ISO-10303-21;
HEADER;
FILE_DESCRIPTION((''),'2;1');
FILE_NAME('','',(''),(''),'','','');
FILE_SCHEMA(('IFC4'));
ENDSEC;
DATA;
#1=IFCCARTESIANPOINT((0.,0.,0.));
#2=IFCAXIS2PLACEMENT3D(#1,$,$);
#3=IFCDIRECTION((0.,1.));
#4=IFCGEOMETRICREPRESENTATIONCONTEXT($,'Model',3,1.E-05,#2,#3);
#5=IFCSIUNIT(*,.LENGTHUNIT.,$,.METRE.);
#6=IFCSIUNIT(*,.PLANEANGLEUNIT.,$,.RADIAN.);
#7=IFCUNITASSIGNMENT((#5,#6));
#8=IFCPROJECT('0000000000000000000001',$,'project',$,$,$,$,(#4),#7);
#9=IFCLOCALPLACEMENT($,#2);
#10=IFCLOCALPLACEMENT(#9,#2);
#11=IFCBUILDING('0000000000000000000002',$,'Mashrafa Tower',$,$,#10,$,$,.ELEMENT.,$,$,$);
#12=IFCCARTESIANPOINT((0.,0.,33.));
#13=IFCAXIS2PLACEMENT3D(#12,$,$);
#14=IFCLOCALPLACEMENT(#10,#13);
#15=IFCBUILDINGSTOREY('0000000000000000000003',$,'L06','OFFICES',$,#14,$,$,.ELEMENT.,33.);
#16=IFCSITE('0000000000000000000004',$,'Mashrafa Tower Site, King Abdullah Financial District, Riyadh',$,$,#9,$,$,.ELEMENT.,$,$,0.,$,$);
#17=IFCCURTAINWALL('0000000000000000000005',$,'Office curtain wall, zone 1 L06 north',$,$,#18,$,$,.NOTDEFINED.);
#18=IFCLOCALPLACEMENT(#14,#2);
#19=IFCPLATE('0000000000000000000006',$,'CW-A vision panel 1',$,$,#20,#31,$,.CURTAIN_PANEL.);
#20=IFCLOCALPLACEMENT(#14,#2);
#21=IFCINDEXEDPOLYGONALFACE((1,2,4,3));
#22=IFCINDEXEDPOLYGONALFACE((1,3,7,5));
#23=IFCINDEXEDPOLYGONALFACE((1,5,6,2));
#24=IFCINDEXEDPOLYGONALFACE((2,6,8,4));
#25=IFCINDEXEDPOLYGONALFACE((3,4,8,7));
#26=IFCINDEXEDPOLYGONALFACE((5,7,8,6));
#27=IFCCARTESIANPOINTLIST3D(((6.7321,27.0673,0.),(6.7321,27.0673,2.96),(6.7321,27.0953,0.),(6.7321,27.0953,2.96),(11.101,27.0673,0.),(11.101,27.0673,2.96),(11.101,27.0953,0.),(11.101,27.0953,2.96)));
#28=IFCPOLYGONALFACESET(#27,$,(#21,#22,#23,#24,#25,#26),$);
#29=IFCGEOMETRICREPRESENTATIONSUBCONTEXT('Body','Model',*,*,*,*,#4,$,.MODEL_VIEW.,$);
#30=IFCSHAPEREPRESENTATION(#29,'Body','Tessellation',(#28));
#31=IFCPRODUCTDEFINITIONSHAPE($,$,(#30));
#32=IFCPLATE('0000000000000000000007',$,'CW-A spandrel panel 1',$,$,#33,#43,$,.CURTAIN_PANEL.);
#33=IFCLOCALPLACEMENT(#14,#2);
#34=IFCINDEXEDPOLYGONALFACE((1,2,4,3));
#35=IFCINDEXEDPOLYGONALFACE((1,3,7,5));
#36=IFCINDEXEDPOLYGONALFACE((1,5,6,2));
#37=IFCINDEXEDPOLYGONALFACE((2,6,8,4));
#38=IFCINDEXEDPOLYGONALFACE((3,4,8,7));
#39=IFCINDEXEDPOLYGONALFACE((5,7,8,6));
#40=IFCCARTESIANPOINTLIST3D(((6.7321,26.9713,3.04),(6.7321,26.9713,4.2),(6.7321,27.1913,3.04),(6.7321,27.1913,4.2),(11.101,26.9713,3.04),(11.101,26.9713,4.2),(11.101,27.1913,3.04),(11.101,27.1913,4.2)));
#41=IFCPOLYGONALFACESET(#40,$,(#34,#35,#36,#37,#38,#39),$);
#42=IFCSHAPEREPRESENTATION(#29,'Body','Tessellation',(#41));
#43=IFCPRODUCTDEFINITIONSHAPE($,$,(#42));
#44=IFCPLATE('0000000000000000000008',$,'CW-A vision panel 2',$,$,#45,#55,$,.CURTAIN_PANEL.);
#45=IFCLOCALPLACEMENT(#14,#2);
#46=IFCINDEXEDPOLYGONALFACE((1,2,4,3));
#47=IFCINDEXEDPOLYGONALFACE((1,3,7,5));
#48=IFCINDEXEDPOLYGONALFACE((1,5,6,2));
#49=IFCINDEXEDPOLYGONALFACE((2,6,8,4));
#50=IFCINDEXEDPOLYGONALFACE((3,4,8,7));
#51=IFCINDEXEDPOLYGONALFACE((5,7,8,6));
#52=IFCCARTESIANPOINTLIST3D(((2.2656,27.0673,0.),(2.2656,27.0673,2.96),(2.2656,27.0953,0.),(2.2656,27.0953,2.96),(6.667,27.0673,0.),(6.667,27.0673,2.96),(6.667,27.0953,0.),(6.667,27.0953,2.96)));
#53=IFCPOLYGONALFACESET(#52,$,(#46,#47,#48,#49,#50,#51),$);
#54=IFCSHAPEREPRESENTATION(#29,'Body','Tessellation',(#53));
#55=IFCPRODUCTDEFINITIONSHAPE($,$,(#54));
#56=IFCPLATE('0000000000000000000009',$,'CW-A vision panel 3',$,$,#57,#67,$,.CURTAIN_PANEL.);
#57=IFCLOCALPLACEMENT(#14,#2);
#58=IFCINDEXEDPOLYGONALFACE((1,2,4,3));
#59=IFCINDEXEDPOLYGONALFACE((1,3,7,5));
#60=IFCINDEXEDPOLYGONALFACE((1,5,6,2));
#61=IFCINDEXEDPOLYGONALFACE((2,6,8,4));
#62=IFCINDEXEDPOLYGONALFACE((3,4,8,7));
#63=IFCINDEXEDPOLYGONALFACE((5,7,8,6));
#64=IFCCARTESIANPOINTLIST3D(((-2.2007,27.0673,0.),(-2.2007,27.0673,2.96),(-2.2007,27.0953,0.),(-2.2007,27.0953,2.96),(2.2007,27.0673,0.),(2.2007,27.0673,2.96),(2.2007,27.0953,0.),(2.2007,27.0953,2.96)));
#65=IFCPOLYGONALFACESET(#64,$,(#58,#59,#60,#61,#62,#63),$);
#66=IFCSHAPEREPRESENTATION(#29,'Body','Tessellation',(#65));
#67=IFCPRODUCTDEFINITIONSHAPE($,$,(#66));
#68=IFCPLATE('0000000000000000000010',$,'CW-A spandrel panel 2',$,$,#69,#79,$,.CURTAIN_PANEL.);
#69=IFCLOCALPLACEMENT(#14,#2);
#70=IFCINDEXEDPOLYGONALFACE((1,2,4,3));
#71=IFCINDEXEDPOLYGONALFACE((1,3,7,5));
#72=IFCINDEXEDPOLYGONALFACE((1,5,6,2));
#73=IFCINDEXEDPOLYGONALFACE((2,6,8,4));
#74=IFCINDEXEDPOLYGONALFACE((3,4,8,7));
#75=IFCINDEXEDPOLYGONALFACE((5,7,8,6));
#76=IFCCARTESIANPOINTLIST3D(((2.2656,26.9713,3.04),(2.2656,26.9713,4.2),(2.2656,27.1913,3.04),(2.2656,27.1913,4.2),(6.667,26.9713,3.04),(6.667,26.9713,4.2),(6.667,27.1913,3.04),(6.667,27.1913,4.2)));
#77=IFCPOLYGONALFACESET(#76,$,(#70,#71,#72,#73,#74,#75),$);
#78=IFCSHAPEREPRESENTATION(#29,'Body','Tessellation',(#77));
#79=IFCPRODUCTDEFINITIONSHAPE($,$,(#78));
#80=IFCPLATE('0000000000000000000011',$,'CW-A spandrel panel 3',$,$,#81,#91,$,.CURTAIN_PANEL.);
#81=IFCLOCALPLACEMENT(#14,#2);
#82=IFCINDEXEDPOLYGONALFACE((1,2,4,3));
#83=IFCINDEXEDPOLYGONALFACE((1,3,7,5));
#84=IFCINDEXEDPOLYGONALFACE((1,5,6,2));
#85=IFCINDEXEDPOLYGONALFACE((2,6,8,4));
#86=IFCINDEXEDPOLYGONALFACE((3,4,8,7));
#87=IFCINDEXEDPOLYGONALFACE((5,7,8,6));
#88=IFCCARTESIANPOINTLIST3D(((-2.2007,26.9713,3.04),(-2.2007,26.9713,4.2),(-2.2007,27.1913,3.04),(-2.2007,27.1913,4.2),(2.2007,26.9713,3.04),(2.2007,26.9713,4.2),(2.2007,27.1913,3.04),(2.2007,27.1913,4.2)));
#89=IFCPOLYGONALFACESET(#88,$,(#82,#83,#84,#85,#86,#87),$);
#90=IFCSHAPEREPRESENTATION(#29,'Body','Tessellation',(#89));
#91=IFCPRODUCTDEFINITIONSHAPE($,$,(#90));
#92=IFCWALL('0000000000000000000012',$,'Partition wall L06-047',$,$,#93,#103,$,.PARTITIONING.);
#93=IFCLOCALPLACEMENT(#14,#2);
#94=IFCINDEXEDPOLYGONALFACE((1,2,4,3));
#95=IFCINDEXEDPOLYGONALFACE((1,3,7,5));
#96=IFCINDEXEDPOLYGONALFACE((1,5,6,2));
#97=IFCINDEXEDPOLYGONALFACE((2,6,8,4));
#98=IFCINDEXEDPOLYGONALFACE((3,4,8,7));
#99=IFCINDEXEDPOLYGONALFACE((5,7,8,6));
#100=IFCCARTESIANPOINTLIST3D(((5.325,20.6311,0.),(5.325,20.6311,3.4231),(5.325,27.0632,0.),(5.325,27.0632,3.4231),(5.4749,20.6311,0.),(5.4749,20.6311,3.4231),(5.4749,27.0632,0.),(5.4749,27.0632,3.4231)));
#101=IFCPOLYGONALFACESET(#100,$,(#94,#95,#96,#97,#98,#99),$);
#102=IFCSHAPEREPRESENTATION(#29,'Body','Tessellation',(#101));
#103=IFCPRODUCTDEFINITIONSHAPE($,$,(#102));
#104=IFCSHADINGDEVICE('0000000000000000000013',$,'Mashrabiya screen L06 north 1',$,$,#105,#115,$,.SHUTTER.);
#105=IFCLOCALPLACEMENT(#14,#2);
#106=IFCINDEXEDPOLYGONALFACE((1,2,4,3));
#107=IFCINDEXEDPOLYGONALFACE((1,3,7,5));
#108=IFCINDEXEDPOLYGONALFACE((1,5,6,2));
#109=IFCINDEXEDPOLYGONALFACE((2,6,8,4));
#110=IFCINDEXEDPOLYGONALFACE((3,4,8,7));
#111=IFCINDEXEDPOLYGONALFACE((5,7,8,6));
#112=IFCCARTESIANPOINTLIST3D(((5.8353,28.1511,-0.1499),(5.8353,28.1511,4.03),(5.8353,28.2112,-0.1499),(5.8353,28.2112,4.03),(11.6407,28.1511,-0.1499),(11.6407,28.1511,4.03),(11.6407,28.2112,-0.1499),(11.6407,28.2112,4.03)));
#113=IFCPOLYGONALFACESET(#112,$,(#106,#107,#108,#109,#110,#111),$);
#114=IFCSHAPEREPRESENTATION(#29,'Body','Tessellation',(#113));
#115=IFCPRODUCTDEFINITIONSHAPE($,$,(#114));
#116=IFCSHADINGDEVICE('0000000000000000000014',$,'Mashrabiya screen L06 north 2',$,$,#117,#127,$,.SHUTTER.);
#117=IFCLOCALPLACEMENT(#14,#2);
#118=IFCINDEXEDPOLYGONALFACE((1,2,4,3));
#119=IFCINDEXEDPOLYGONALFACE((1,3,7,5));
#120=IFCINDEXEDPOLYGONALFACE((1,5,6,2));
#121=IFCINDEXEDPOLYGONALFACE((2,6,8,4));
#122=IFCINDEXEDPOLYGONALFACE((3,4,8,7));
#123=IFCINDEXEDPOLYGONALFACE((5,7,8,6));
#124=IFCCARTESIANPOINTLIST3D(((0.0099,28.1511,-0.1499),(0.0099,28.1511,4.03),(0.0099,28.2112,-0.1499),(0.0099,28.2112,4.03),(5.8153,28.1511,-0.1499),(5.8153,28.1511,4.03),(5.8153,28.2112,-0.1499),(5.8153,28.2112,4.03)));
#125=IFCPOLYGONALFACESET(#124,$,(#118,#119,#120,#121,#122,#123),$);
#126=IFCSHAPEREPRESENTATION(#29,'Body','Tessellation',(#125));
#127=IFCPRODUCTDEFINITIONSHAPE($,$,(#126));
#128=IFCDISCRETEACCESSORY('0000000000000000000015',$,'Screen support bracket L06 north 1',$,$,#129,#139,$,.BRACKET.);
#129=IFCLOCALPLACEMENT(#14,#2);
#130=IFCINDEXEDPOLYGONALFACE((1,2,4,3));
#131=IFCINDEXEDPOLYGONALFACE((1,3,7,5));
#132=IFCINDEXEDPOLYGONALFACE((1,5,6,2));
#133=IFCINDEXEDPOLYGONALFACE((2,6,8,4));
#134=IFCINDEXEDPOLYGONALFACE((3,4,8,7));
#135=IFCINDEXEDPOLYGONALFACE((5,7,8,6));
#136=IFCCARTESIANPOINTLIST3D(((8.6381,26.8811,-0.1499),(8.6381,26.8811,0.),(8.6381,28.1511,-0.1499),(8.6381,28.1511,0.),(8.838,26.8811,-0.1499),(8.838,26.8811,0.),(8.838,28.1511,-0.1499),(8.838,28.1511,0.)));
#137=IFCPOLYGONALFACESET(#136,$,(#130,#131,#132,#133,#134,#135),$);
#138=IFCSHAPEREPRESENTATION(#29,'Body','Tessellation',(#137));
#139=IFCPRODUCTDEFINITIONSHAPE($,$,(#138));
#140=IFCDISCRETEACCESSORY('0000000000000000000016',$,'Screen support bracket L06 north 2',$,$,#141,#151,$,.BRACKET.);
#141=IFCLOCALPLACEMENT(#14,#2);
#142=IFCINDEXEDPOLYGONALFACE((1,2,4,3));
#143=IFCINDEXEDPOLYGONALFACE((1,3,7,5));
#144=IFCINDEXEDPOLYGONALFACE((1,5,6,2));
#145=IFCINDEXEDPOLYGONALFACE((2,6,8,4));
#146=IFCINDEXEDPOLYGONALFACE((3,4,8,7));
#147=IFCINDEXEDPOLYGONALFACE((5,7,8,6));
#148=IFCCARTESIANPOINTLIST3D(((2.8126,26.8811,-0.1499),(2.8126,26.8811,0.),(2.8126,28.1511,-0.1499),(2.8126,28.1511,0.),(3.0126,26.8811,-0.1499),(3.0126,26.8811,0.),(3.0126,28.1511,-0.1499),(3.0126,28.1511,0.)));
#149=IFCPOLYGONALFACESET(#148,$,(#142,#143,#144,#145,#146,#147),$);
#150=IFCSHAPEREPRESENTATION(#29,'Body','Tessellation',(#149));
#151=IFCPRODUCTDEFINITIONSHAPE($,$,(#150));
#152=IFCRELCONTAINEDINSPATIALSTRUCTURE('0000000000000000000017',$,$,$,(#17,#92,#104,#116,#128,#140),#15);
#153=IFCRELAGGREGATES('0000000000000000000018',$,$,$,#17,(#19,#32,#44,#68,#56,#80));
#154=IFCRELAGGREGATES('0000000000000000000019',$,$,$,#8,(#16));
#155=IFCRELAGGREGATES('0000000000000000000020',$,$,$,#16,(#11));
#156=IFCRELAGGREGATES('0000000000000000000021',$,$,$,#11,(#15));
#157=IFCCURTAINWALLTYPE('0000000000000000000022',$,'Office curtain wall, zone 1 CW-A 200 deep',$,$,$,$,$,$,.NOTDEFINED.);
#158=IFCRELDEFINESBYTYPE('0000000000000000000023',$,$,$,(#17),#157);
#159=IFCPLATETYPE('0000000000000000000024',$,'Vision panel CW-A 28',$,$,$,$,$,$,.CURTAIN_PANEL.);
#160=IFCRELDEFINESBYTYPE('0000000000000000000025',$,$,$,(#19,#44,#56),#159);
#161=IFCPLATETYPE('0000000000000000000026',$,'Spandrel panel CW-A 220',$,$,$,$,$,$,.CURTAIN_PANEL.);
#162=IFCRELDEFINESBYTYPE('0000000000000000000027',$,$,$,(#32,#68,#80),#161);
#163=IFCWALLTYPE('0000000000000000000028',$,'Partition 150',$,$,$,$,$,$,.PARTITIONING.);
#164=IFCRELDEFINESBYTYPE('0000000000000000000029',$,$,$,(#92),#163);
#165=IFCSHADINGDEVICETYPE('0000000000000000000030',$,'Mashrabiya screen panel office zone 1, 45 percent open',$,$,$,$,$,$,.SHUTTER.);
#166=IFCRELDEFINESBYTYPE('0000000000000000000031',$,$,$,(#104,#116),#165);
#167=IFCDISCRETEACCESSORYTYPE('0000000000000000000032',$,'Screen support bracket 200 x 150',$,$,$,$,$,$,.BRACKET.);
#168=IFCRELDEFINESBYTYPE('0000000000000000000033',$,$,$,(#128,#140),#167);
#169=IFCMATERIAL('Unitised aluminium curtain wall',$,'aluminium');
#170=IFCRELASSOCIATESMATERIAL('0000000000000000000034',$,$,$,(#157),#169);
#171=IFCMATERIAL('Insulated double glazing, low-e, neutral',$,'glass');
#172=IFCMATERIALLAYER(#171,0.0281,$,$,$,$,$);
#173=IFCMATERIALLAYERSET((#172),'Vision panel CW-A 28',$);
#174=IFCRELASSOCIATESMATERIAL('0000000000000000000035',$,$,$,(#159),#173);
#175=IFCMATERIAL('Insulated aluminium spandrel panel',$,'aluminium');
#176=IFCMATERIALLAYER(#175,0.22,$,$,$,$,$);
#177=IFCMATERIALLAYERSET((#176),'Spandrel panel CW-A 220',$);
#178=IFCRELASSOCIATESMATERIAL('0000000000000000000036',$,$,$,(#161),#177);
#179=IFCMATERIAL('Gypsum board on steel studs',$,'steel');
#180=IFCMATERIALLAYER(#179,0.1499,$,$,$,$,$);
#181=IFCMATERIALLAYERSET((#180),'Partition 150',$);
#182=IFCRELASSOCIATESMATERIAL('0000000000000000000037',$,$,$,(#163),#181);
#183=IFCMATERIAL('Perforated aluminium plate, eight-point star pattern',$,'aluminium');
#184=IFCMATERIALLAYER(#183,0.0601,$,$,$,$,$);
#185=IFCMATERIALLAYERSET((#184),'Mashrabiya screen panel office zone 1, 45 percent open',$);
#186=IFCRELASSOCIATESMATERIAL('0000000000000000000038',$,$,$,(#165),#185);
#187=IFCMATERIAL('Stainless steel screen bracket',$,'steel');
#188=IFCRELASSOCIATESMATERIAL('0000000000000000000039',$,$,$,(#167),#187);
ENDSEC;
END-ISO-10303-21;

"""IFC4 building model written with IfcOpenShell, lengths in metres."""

from ifc_helpers import new_model, si_unit, direction, frame, frame_2d, origin, origin_2d, place, context, subcontext, project, spatial, rectangle, extrude, source, transform, mapped, material, layer, layer_set, type_object, type_shapes, element, aggregate, save


model = new_model("IFC4")

# Units and contexts
model_context = context("Model", 3, precision=1e-05, world=origin(), true_north=direction((0.0, 1.0)))
body_context = subcontext(model_context, "Body", "Model", "MODEL_VIEW")
ifc_project = project(units=[si_unit("LENGTHUNIT", "METRE"), si_unit("PLANEANGLEUNIT", "RADIAN")], contexts=[model_context])

# Site, building, storey
site_placement = place(None, origin())
site = spatial("IfcSite", under=ifc_project, at=site_placement, Name="Mashrafa Tower Site, King Abdullah Financial District, Riyadh", CompositionType="ELEMENT", RefElevation=0.0)
building_placement = place(site_placement, origin())
building = spatial("IfcBuilding", under=site, at=building_placement, Name="Mashrafa Tower", CompositionType="ELEMENT")
storey_placement = place(building_placement, frame((0.0, 0.0, 33.0)))
storey = spatial("IfcBuildingStorey", under=building, at=storey_placement, Name="L06", Description="OFFICES", CompositionType="ELEMENT", Elevation=33.0)

# Shared definitions
ifc_material_1 = material(Name="Unitised aluminium curtain wall", Category="aluminium")
curtain_wall_type = type_object("IfcCurtainWallType", Name="Office curtain wall, zone 1 CW-A 200 deep", PredefinedType="NOTDEFINED", material=ifc_material_1)

# Curtain wall, plates
curtain_wall_1_placement = place(storey_placement, origin())
curtain_wall_1 = element("IfcCurtainWall", 1, at=curtain_wall_1_placement, inside=storey, type_object=curtain_wall_type, Name="Office curtain wall, zone 1 L06 north", PredefinedType="NOTDEFINED")
ifc_material_2 = material(Name="Insulated double glazing, low-e, neutral", Category="glass")
ifc_layer_1 = layer(ifc_material_2, 0.0281)
ifc_layer_set_1 = layer_set([ifc_layer_1], Name="Vision panel CW-A 28")
plate_type_1 = type_object("IfcPlateType", Name="Vision panel CW-A 28", PredefinedType="CURTAIN_PANEL", material=ifc_layer_set_1)
shared_shape_1 = source(origin(), body_context, "Body", "SweptSolid", [
    extrude(rectangle(XDim=4.3689, YDim=0.0281, at=origin_2d()), origin(), (0.0, 0.0, 1.0), 2.96),
])
plate_1_placement = place(storey_placement, frame((8.9165, 27.0813, 0.0), z_axis=(0.0, 0.0, 1.0), x_axis=(-1.0, 0.0, 0.0)))
plate_1 = element("IfcPlate", 2, at=plate_1_placement, type_object=plate_type_1, Name="CW-A vision panel 1", PredefinedType="CURTAIN_PANEL", context=body_context, shape_type="MappedRepresentation", body=[
    mapped(shared_shape_1, transform((0.0, 0.0, 0.0))),
])
ifc_material_3 = material(Name="Insulated aluminium spandrel panel", Category="aluminium")
ifc_layer_2 = layer(ifc_material_3, 0.22)
ifc_layer_set_2 = layer_set([ifc_layer_2], Name="Spandrel panel CW-A 220")
plate_type_2 = type_object("IfcPlateType", Name="Spandrel panel CW-A 220", PredefinedType="CURTAIN_PANEL", material=ifc_layer_set_2)
shared_shape_2 = source(origin(), body_context, "Body", "SweptSolid", [
    extrude(rectangle(XDim=4.3689, YDim=0.22, at=origin_2d()), origin(), (0.0, 0.0, 1.0), 1.1599),
])
plate_2_placement = place(storey_placement, frame((8.9165, 27.0813, 3.04), z_axis=(0.0, 0.0, 1.0), x_axis=(-1.0, 0.0, 0.0)))
plate_2 = element("IfcPlate", 3, at=plate_2_placement, type_object=plate_type_2, Name="CW-A spandrel panel 1", PredefinedType="CURTAIN_PANEL", context=body_context, shape_type="MappedRepresentation", body=[
    mapped(shared_shape_2, transform((0.0, 0.0, 0.0))),
])
shared_shape_3 = source(origin(), body_context, "Body", "SweptSolid", [
    extrude(rectangle(XDim=4.4014, YDim=0.0281, at=origin_2d()), origin(), (0.0, 0.0, 1.0), 2.96),
])
type_shapes(plate_type_1, [shared_shape_1, shared_shape_3])
plate_3_placement = place(storey_placement, frame((4.4663, 27.0813, 0.0), z_axis=(0.0, 0.0, 1.0), x_axis=(-1.0, 0.0, 0.0)))
plate_3 = element("IfcPlate", 4, at=plate_3_placement, type_object=plate_type_1, Name="CW-A vision panel 2", PredefinedType="CURTAIN_PANEL", context=body_context, shape_type="MappedRepresentation", body=[
    mapped(shared_shape_3, transform((0.0, 0.0, 0.0))),
])
plate_4_placement = place(storey_placement, frame((0.0, 27.0813, 0.0), z_axis=(0.0, 0.0, 1.0), x_axis=(-1.0, 0.0, 0.0)))
plate_4 = element("IfcPlate", 5, at=plate_4_placement, type_object=plate_type_1, Name="CW-A vision panel 3", PredefinedType="CURTAIN_PANEL", context=body_context, shape_type="MappedRepresentation", body=[
    mapped(shared_shape_3, transform((0.0, 0.0, 0.0))),
])
shared_shape_4 = source(origin(), body_context, "Body", "SweptSolid", [
    extrude(rectangle(XDim=4.4014, YDim=0.22, at=origin_2d()), origin(), (0.0, 0.0, 1.0), 1.1599),
])
type_shapes(plate_type_2, [shared_shape_2, shared_shape_4])
plate_5_placement = place(storey_placement, frame((4.4663, 27.0813, 3.04), z_axis=(0.0, 0.0, 1.0), x_axis=(-1.0, 0.0, 0.0)))
plate_5 = element("IfcPlate", 6, at=plate_5_placement, type_object=plate_type_2, Name="CW-A spandrel panel 2", PredefinedType="CURTAIN_PANEL", context=body_context, shape_type="MappedRepresentation", body=[
    mapped(shared_shape_4, transform((0.0, 0.0, 0.0))),
])
plate_6_placement = place(storey_placement, frame((0.0, 27.0813, 3.04), z_axis=(0.0, 0.0, 1.0), x_axis=(-1.0, 0.0, 0.0)))
plate_6 = element("IfcPlate", 7, at=plate_6_placement, type_object=plate_type_2, Name="CW-A spandrel panel 3", PredefinedType="CURTAIN_PANEL", context=body_context, shape_type="MappedRepresentation", body=[
    mapped(shared_shape_4, transform((0.0, 0.0, 0.0))),
])
aggregate(curtain_wall_1, [plate_1, plate_2, plate_3, plate_5, plate_4, plate_6])

# Wall
ifc_material_4 = material(Name="Gypsum board on steel studs", Category="steel")
ifc_layer_3 = layer(ifc_material_4, 0.1499)
ifc_layer_set_3 = layer_set([ifc_layer_3], Name="Partition 150")
wall_type = type_object("IfcWallType", Name="Partition 150", PredefinedType="PARTITIONING", material=ifc_layer_set_3)
wall_placement = place(storey_placement, frame((5.3999, 20.6311, 0.0), z_axis=(0.0, 0.0, 1.0), x_axis=(0.0, 1.0, 0.0)))
element("IfcWall", 8, at=wall_placement, inside=storey, type_object=wall_type, Name="Partition wall L06-047", PredefinedType="PARTITIONING", context=body_context, shape_type="SweptSolid", body=[
    extrude(rectangle(XDim=6.4321, YDim=0.1499, at=frame_2d((3.2161, 0.0))), origin(), (0.0, 0.0, 1.0), 3.4231),
])

# Shading devices
ifc_material_5 = material(Name="Perforated aluminium plate, eight-point star pattern", Category="aluminium")
ifc_layer_4 = layer(ifc_material_5, 0.0601)
ifc_layer_set_4 = layer_set([ifc_layer_4], Name="Mashrabiya screen panel office zone 1, 45 percent open")
shading_device_type = type_object("IfcShadingDeviceType", Name="Mashrabiya screen panel office zone 1, 45 percent open", PredefinedType="SHUTTER", material=ifc_layer_set_4)
shared_shape_5 = source(origin(), body_context, "Body", "SweptSolid", [
    extrude(rectangle(XDim=5.8054, YDim=0.0601, at=origin_2d()), origin(), (0.0, 0.0, 1.0), 4.1799),
])
type_shapes(shading_device_type, [shared_shape_5])
for number, where, z_axis, x_axis, name in (
    (9, (8.738, 28.1812, -0.1499), (0.0, 0.0, 1.0), (-1.0, 0.0, 0.0), "Mashrabiya screen L06 north 1"),
    (10, (2.9126, 28.1812, -0.1499), (0.0, 0.0, 1.0), (-1.0, 0.0, 0.0), "Mashrabiya screen L06 north 2"),
):
    element("IfcShadingDevice", number, at=place(storey_placement, frame(where, z_axis=z_axis, x_axis=x_axis)), inside=storey, type_object=shading_device_type, Name=name, PredefinedType="SHUTTER", context=body_context, shape_type="MappedRepresentation", body=[
        mapped(shared_shape_5, transform((0.0, 0.0, 0.0))),
    ])

# Discrete accessories
ifc_material_6 = material(Name="Stainless steel screen bracket", Category="steel")
discrete_accessory_type = type_object("IfcDiscreteAccessoryType", Name="Screen support bracket 200 x 150", PredefinedType="BRACKET", material=ifc_material_6)
shared_shape_6 = source(origin(), body_context, "Body", "SweptSolid", [
    extrude(rectangle(XDim=0.2, YDim=1.27, at=origin_2d()), origin(), (0.0, 0.0, 1.0), 0.1499),
])
type_shapes(discrete_accessory_type, [shared_shape_6])
for number, where, z_axis, x_axis, name in (
    (11, (8.738, 27.5161, -0.1499), (0.0, 0.0, 1.0), (-1.0, 0.0, 0.0), "Screen support bracket L06 north 1"),
    (12, (2.9126, 27.5161, -0.1499), (0.0, 0.0, 1.0), (-1.0, 0.0, 0.0), "Screen support bracket L06 north 2"),
):
    element("IfcDiscreteAccessory", number, at=place(storey_placement, frame(where, z_axis=z_axis, x_axis=x_axis)), inside=storey, type_object=discrete_accessory_type, Name=name, PredefinedType="BRACKET", context=body_context, shape_type="MappedRepresentation", body=[
        mapped(shared_shape_6, transform((0.0, 0.0, 0.0))),
    ])

save(model, "model.ifc")
